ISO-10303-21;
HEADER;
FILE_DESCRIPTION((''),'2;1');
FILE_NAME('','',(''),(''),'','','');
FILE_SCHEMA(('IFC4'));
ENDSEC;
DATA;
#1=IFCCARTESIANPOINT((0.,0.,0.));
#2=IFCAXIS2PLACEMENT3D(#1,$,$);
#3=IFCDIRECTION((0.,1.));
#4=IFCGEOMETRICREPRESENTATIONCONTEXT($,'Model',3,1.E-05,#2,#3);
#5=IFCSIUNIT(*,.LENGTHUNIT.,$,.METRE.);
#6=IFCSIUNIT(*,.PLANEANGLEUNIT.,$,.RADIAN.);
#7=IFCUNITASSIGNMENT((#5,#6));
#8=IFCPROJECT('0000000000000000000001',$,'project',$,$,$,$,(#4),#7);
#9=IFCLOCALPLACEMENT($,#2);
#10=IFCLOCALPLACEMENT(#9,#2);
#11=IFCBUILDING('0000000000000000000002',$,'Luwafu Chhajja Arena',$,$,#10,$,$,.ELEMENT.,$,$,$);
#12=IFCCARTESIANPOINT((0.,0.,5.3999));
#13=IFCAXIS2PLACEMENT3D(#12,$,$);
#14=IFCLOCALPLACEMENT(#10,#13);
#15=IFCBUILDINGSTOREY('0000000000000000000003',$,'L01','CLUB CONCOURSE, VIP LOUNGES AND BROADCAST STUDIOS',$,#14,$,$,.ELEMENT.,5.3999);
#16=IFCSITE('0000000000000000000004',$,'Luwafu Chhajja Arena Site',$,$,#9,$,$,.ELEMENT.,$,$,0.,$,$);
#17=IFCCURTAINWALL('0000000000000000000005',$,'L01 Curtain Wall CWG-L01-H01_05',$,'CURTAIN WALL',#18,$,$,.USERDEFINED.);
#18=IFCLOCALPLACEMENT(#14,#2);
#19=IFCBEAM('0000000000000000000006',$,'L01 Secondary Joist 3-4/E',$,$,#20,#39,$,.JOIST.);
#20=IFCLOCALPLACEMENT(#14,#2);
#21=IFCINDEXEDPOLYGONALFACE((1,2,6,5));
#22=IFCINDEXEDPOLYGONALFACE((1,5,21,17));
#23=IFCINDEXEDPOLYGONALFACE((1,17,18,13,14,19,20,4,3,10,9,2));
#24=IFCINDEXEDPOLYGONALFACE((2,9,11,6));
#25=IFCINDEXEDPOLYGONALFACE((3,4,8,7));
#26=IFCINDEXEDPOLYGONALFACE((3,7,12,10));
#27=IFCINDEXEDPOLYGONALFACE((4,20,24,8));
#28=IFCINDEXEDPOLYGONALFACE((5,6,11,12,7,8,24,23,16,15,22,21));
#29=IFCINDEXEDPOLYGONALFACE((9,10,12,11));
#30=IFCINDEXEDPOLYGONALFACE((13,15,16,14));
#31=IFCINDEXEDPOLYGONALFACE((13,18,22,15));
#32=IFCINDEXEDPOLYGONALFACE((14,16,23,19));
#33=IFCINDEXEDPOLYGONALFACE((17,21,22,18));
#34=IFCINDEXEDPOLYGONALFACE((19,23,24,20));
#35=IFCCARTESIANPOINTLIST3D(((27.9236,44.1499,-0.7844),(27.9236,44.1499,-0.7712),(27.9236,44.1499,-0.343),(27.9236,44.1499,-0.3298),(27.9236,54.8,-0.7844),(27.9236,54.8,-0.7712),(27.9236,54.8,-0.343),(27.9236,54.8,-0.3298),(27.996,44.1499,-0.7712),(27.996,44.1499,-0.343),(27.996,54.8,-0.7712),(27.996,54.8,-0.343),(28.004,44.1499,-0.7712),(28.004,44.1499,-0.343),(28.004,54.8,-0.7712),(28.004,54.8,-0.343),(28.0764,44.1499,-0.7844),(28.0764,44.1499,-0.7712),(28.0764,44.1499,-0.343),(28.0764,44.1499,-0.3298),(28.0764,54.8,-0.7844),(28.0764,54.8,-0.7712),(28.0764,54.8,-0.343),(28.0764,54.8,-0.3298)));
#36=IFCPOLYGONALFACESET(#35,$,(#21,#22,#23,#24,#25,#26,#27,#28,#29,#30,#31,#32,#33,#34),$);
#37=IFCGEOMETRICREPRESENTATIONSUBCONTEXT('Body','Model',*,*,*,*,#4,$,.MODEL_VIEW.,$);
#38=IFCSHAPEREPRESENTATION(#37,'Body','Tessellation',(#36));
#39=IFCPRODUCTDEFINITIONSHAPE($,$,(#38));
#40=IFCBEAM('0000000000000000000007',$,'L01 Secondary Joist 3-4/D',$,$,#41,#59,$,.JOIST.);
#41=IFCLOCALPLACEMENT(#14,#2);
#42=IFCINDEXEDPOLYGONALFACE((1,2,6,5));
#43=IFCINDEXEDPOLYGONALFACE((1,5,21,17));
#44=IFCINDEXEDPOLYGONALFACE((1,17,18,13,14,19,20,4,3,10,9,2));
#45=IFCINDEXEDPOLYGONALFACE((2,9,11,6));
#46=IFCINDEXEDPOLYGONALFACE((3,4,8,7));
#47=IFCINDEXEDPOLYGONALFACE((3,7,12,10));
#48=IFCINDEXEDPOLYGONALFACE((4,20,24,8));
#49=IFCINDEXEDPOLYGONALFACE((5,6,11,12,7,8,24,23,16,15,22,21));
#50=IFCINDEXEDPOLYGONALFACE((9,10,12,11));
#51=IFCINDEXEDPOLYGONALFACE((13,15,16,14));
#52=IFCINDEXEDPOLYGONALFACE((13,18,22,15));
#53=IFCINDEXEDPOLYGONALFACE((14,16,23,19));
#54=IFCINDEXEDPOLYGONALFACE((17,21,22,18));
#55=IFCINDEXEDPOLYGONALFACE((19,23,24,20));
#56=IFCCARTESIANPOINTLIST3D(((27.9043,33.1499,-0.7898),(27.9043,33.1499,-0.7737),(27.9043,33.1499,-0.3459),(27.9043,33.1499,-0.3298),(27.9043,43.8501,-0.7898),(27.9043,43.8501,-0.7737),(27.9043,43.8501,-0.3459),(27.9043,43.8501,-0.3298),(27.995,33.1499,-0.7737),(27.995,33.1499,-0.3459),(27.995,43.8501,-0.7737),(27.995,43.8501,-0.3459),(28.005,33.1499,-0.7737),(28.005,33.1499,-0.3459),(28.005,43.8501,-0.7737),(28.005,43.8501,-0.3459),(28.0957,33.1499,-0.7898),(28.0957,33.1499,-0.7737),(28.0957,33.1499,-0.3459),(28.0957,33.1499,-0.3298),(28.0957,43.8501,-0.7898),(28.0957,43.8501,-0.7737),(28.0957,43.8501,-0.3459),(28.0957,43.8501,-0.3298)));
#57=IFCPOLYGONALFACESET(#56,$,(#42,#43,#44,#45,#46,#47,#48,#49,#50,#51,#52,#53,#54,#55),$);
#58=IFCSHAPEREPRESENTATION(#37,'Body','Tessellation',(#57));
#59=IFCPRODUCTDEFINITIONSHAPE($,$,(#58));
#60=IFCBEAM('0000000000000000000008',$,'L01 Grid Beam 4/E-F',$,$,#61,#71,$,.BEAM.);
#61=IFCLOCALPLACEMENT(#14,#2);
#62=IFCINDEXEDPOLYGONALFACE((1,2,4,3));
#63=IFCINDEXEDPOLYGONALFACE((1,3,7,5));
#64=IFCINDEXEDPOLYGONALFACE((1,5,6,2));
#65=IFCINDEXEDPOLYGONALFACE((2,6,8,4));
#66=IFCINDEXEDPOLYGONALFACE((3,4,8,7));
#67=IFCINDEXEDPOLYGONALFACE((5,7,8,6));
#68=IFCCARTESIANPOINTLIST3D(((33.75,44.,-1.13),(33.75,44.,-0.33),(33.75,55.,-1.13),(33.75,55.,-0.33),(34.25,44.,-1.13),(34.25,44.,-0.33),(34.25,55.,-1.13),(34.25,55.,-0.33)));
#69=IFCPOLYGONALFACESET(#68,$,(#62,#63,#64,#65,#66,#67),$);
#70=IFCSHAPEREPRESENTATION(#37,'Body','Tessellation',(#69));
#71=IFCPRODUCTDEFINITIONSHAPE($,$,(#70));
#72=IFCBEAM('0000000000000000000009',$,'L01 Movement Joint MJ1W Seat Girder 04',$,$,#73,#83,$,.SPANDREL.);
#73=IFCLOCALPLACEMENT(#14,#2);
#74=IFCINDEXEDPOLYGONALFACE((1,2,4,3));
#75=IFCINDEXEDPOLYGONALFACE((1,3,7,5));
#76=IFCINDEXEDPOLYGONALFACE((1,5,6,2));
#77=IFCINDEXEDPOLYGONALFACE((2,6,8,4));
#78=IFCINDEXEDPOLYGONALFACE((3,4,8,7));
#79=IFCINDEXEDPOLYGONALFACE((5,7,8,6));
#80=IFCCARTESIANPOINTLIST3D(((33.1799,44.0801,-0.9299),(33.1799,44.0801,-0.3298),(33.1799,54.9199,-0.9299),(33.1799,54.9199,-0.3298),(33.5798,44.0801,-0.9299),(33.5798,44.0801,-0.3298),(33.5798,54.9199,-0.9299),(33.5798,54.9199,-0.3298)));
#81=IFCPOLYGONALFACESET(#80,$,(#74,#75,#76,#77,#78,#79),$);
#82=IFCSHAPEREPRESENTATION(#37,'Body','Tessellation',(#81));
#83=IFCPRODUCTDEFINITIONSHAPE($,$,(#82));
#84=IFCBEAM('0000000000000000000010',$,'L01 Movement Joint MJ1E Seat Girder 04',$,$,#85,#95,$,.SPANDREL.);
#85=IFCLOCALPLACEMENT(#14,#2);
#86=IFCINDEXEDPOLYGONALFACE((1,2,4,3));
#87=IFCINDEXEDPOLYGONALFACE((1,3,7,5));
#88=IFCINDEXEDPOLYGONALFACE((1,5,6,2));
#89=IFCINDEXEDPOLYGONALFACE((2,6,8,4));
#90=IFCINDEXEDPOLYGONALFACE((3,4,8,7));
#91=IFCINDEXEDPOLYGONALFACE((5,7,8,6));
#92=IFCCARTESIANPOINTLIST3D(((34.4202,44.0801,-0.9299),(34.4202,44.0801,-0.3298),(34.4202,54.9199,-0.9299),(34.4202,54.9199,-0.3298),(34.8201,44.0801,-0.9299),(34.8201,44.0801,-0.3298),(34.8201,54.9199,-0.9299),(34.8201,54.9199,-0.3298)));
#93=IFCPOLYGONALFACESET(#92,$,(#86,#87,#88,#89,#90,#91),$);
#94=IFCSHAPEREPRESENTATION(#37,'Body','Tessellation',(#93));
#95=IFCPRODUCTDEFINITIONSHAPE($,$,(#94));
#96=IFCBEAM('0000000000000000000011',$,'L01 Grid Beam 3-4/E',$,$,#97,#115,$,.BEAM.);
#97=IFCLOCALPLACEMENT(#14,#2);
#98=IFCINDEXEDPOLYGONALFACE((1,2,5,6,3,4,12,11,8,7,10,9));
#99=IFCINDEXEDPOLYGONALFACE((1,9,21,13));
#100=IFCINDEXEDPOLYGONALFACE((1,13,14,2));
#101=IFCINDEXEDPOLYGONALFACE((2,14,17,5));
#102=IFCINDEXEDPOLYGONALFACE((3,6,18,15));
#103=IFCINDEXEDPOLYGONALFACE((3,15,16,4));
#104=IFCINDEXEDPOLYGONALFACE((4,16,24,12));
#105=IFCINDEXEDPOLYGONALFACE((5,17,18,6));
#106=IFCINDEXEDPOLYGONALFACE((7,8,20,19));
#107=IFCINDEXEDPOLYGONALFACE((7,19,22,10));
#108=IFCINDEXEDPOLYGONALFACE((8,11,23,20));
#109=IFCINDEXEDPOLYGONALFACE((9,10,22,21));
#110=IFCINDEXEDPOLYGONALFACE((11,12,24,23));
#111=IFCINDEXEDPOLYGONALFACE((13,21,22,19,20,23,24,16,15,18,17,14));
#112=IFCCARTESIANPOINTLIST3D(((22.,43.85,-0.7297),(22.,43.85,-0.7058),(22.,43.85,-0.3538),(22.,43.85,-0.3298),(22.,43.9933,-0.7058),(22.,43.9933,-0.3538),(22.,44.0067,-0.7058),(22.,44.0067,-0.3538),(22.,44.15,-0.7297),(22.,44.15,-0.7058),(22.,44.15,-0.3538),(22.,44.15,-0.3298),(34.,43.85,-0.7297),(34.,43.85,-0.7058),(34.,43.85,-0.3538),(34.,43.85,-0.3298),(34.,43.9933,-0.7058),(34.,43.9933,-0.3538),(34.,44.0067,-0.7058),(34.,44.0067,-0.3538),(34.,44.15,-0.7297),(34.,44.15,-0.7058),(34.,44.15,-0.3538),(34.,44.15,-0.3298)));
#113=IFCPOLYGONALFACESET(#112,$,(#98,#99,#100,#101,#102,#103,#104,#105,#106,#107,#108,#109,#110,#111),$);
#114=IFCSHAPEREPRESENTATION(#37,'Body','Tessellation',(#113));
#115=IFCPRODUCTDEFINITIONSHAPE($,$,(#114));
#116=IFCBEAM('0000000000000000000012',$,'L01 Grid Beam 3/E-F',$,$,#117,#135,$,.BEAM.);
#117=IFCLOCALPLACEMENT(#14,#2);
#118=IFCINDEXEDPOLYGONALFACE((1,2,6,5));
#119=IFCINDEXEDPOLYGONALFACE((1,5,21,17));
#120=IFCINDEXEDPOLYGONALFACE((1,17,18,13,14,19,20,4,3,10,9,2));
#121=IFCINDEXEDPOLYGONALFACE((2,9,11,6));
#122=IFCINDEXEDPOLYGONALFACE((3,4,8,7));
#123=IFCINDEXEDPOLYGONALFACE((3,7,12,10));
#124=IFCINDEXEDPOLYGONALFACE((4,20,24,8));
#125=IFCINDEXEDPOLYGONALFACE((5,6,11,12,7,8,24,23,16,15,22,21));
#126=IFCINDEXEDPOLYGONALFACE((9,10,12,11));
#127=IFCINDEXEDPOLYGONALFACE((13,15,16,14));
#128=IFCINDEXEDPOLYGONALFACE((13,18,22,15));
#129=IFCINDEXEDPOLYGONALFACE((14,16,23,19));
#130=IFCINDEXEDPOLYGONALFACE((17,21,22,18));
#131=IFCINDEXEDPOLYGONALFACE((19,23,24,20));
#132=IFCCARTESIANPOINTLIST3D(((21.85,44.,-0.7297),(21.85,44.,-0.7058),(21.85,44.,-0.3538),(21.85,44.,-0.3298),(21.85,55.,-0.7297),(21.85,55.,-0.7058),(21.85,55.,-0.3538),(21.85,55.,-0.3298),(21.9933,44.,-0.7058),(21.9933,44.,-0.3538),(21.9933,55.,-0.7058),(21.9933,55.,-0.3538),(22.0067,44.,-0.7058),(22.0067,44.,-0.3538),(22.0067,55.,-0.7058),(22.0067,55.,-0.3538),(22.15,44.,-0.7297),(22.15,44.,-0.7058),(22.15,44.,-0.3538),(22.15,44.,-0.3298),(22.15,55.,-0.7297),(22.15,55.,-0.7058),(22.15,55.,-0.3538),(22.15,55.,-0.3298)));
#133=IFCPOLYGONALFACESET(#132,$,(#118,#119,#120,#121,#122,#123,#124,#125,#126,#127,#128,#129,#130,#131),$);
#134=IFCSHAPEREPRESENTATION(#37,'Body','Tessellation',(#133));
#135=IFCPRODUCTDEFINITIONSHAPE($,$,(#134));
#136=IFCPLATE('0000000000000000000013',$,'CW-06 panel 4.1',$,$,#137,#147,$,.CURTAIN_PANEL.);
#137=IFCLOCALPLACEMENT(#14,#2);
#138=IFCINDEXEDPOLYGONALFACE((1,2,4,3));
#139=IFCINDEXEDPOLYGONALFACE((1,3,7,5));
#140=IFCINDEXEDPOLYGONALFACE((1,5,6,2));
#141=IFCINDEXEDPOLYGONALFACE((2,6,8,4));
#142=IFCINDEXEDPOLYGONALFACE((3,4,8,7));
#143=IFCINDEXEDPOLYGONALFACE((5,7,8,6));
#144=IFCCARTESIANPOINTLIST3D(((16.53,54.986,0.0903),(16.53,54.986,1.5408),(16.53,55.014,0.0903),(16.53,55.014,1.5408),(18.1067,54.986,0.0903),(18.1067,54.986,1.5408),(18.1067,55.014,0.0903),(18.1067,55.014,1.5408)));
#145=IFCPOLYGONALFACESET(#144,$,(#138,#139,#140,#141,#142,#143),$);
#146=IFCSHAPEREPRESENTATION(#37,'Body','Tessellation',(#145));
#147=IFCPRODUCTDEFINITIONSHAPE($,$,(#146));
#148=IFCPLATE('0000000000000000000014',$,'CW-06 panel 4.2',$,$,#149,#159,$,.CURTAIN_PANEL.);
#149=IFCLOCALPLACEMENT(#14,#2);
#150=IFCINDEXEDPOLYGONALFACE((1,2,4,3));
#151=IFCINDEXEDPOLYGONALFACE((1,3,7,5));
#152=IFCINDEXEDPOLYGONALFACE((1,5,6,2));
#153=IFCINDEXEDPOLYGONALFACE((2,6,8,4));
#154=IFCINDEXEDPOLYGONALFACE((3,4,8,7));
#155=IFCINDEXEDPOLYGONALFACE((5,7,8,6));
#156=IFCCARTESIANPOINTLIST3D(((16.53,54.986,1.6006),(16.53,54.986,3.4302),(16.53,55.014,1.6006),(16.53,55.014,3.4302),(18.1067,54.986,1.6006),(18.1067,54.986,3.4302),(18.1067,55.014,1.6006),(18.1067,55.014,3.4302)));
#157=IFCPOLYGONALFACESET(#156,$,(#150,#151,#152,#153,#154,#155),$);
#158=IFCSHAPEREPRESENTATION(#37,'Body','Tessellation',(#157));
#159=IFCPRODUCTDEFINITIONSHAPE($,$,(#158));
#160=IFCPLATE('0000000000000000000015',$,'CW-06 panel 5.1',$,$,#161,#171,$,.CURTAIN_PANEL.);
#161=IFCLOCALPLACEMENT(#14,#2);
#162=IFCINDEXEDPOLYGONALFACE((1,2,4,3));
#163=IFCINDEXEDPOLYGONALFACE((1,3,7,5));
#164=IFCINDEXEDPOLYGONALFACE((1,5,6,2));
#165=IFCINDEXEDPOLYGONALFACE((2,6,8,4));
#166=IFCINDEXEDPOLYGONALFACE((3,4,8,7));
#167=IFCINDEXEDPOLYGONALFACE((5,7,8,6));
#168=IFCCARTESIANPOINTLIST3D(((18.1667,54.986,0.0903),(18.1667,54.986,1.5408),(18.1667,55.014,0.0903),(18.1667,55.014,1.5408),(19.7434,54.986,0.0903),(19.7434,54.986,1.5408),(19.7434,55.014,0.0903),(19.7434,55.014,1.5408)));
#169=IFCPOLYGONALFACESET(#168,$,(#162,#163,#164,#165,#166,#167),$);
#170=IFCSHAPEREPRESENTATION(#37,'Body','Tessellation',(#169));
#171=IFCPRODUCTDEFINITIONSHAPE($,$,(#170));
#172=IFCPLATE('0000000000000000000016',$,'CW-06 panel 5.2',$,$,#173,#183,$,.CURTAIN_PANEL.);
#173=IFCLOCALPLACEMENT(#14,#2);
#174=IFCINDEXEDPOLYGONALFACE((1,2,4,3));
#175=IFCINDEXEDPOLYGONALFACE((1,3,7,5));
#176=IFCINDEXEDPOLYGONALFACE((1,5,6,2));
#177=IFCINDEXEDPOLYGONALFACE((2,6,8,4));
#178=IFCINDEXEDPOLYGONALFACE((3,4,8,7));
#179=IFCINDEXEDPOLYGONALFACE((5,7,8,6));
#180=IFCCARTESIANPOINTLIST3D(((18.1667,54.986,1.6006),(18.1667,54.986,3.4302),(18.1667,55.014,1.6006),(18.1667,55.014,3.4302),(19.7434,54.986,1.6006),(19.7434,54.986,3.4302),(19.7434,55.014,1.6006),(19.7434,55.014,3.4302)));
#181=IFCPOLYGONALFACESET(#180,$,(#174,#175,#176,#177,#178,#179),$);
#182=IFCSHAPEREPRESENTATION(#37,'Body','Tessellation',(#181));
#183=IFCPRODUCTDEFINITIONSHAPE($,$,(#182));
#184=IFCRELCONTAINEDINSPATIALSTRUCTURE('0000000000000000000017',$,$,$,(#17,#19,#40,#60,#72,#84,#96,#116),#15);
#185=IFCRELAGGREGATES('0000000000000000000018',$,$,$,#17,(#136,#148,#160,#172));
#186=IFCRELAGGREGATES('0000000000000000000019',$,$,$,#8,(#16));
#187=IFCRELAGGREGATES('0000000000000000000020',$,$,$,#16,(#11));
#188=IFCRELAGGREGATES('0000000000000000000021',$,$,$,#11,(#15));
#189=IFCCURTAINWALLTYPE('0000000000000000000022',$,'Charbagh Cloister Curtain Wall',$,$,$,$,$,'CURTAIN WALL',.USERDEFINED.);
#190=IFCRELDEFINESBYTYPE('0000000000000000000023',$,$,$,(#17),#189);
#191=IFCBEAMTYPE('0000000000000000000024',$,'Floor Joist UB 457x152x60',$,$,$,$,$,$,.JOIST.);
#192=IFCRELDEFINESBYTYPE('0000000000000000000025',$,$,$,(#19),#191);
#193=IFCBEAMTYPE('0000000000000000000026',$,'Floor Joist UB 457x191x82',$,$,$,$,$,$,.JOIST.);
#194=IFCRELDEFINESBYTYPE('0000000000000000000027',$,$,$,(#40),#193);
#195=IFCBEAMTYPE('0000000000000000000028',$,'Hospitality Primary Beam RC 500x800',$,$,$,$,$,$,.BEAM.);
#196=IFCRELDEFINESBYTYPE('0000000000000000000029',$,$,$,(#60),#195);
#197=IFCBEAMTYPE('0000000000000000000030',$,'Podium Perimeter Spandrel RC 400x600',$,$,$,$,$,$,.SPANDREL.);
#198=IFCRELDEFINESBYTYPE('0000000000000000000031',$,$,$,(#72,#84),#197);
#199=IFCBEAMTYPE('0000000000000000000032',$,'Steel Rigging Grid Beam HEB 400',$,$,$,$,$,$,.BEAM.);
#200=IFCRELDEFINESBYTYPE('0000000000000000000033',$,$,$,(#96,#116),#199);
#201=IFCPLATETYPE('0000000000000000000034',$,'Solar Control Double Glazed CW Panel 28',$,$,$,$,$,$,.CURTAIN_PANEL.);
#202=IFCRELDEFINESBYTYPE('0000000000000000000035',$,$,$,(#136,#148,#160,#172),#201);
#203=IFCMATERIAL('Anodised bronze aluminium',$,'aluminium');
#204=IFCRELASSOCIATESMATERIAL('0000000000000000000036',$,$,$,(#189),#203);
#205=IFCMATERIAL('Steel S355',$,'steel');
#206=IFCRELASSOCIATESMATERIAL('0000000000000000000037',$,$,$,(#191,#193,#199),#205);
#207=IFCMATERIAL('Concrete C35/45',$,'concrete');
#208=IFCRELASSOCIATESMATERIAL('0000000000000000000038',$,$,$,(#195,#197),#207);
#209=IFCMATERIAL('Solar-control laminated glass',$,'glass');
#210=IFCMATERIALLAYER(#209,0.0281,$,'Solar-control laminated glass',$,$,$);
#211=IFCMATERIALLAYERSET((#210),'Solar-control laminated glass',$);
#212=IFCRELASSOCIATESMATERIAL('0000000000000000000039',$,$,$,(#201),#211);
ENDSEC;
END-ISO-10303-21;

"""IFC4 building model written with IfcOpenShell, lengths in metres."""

from ifc_helpers import new_model, si_unit, direction, frame, origin, origin_2d, place, context, subcontext, project, spatial, rectangle, i_section, extrude, material, layer, layer_set, material_profile, profile_set, type_object, element, aggregate, save


model = new_model("IFC4")

# Units and contexts
model_context = context("Model", 3, precision=1e-05, world=origin(), true_north=direction((0.0, 1.0)))
body_context = subcontext(model_context, "Body", "Model", "MODEL_VIEW")
ifc_project = project(units=[si_unit("LENGTHUNIT", "METRE"), si_unit("PLANEANGLEUNIT", "RADIAN")], contexts=[model_context])

# Site, building, storey
site_placement = place(None, origin())
site = spatial("IfcSite", under=ifc_project, at=site_placement, Name="Luwafu Chhajja Arena Site", CompositionType="ELEMENT", RefElevation=0.0)
building_placement = place(site_placement, origin())
building = spatial("IfcBuilding", under=site, at=building_placement, Name="Luwafu Chhajja Arena", CompositionType="ELEMENT")
storey_placement = place(building_placement, frame((0.0, 0.0, 5.3999)))
storey = spatial("IfcBuildingStorey", under=building, at=storey_placement, Name="L01", Description="CLUB CONCOURSE, VIP LOUNGES AND BROADCAST STUDIOS", CompositionType="ELEMENT", Elevation=5.3999)

# Shared definitions
ifc_material_1 = material(Name="Concrete C35/45", Category="concrete")

# Curtain wall
ifc_material_2 = material(Name="Anodised bronze aluminium", Category="aluminium")
curtain_wall_type = type_object("IfcCurtainWallType", Name="Charbagh Cloister Curtain Wall", ElementType="CURTAIN WALL", PredefinedType="USERDEFINED", material=ifc_material_2)
curtain_wall_placement = place(storey_placement, origin())
curtain_wall = element("IfcCurtainWall", 1, at=curtain_wall_placement, inside=storey, type_object=curtain_wall_type, Name="L01 Curtain Wall CWG-L01-H01_05", ObjectType="CURTAIN WALL", PredefinedType="USERDEFINED")

# Beams
ifc_material_3 = material(Name="Steel S355", Category="steel")
ifc_material_profile_1 = material_profile(ifc_material_3, i_section(OverallWidth=0.1528, OverallDepth=0.4546, WebThickness=0.0081, FlangeThickness=0.0132, at=origin_2d()), Name="UB 457x152x60")
ifc_profile_set_1 = profile_set([ifc_material_profile_1], Name="Steel S355")
beam_type_1 = type_object("IfcBeamType", Name="Floor Joist UB 457x152x60", PredefinedType="JOIST", material=ifc_profile_set_1)
beam_1_placement = place(storey_placement, frame((28.0, 44.1499, -0.5571), z_axis=(0.0, 1.0, 0.0), x_axis=(-1.0, 0.0, 0.0)))
element("IfcBeam", 2, at=beam_1_placement, inside=storey, type_object=beam_type_1, Name="L01 Secondary Joist 3-4/E", PredefinedType="JOIST", context=body_context, shape_type="SweptSolid", body=[
    extrude(i_section(OverallWidth=0.1528, OverallDepth=0.4546, WebThickness=0.0081, FlangeThickness=0.0132, at=origin_2d()), origin(), (0.0, 0.0, 1.0), 10.6501),
])
ifc_material_profile_2 = material_profile(ifc_material_3, i_section(OverallWidth=0.1914, OverallDepth=0.46, WebThickness=0.01, FlangeThickness=0.0161, at=origin_2d()), Name="UB 457x191x82")
ifc_profile_set_2 = profile_set([ifc_material_profile_2], Name="Steel S355")
beam_type_2 = type_object("IfcBeamType", Name="Floor Joist UB 457x191x82", PredefinedType="JOIST", material=ifc_profile_set_2)
beam_2_placement = place(storey_placement, frame((28.0, 33.1499, -0.5598), z_axis=(0.0, 1.0, 0.0), x_axis=(-1.0, 0.0, 0.0)))
element("IfcBeam", 3, at=beam_2_placement, inside=storey, type_object=beam_type_2, Name="L01 Secondary Joist 3-4/D", PredefinedType="JOIST", context=body_context, shape_type="SweptSolid", body=[
    extrude(i_section(OverallWidth=0.1914, OverallDepth=0.46, WebThickness=0.01, FlangeThickness=0.0161, at=origin_2d()), origin(), (0.0, 0.0, 1.0), 10.7002),
])
ifc_material_profile_3 = material_profile(ifc_material_1, rectangle(XDim=0.5, YDim=0.8, at=origin_2d()), Name="RC 500x800")
ifc_profile_set_3 = profile_set([ifc_material_profile_3], Name="Concrete C35/45")
beam_type_3 = type_object("IfcBeamType", Name="Hospitality Primary Beam RC 500x800", PredefinedType="BEAM", material=ifc_profile_set_3)
beam_3_placement = place(storey_placement, frame((34.0, 44.0, -0.73), z_axis=(0.0, 1.0, 0.0), x_axis=(-1.0, 0.0, 0.0)))
element("IfcBeam", 4, at=beam_3_placement, inside=storey, type_object=beam_type_3, Name="L01 Grid Beam 4/E-F", PredefinedType="BEAM", context=body_context, shape_type="SweptSolid", body=[
    extrude(rectangle(XDim=0.5, YDim=0.8, at=origin_2d()), origin(), (0.0, 0.0, 1.0), 11.0),
])
ifc_material_profile_4 = material_profile(ifc_material_1, rectangle(XDim=0.3999, YDim=0.6001, at=origin_2d()), Name="RC 400x600")
ifc_profile_set_4 = profile_set([ifc_material_profile_4], Name="Concrete C35/45")
beam_type_4 = type_object("IfcBeamType", Name="Podium Perimeter Spandrel RC 400x600", PredefinedType="SPANDREL", material=ifc_profile_set_4)
for number, where, z_axis, x_axis, name in (
    (5, (33.3799, 44.0801, -0.6299), (0.0, 1.0, 0.0), (-1.0, 0.0, 0.0), "L01 Movement Joint MJ1W Seat Girder 04"),
    (6, (34.6201, 44.0801, -0.6299), (0.0, 1.0, 0.0), (-1.0, 0.0, 0.0), "L01 Movement Joint MJ1E Seat Girder 04"),
):
    element("IfcBeam", number, at=place(storey_placement, frame(where, z_axis=z_axis, x_axis=x_axis)), inside=storey, type_object=beam_type_4, Name=name, PredefinedType="SPANDREL", context=body_context, shape_type="SweptSolid", body=[
        extrude(rectangle(XDim=0.3999, YDim=0.6001, at=origin_2d()), origin(), (0.0, 0.0, 1.0), 10.8398),
    ])
ifc_material_profile_5 = material_profile(ifc_material_3, i_section(OverallWidth=0.3, OverallDepth=0.3999, WebThickness=0.0134, FlangeThickness=0.0239, at=origin_2d()), Name="HEB 400")
ifc_profile_set_5 = profile_set([ifc_material_profile_5], Name="Steel S355")
beam_type_5 = type_object("IfcBeamType", Name="Steel Rigging Grid Beam HEB 400", PredefinedType="BEAM", material=ifc_profile_set_5)
beam_4_placement = place(storey_placement, frame((22.0, 44.0, -0.5298), z_axis=(1.0, 0.0, 0.0), x_axis=(0.0, 1.0, 0.0)))
element("IfcBeam", 7, at=beam_4_placement, inside=storey, type_object=beam_type_5, Name="L01 Grid Beam 3-4/E", PredefinedType="BEAM", context=body_context, shape_type="SweptSolid", body=[
    extrude(i_section(OverallWidth=0.3, OverallDepth=0.3999, WebThickness=0.0134, FlangeThickness=0.0239, at=origin_2d()), origin(), (0.0, 0.0, 1.0), 12.0),
])
beam_5_placement = place(storey_placement, frame((22.0, 44.0, -0.5298), z_axis=(0.0, 1.0, 0.0), x_axis=(-1.0, 0.0, 0.0)))
element("IfcBeam", 8, at=beam_5_placement, inside=storey, type_object=beam_type_5, Name="L01 Grid Beam 3/E-F", PredefinedType="BEAM", context=body_context, shape_type="SweptSolid", body=[
    extrude(i_section(OverallWidth=0.3, OverallDepth=0.3999, WebThickness=0.0134, FlangeThickness=0.0239, at=origin_2d()), origin(), (0.0, 0.0, 1.0), 11.0),
])

# Plates
ifc_material_4 = material(Name="Solar-control laminated glass", Category="glass")
ifc_layer_1 = layer(ifc_material_4, 0.0281, Name="Solar-control laminated glass")
ifc_layer_set_1 = layer_set([ifc_layer_1], Name="Solar-control laminated glass")
plate_type = type_object("IfcPlateType", Name="Solar Control Double Glazed CW Panel 28", PredefinedType="CURTAIN_PANEL", material=ifc_layer_set_1)
plate_1_placement = place(storey_placement, frame((17.3184, 55.0, 0.0903), z_axis=(0.0, 0.0, 1.0), x_axis=(1.0, 0.0, 0.0)))
plate_1 = element("IfcPlate", 9, at=plate_1_placement, type_object=plate_type, Name="CW-06 panel 4.1", PredefinedType="CURTAIN_PANEL", context=body_context, shape_type="SweptSolid", body=[
    extrude(rectangle(XDim=1.5767, YDim=0.0281, at=origin_2d()), origin(), (0.0, 0.0, 1.0), 1.4504),
])
plate_2_placement = place(storey_placement, frame((17.3184, 55.0, 1.6006), z_axis=(0.0, 0.0, 1.0), x_axis=(1.0, 0.0, 0.0)))
plate_2 = element("IfcPlate", 10, at=plate_2_placement, type_object=plate_type, Name="CW-06 panel 4.2", PredefinedType="CURTAIN_PANEL", context=body_context, shape_type="SweptSolid", body=[
    extrude(rectangle(XDim=1.5767, YDim=0.0281, at=origin_2d()), origin(), (0.0, 0.0, 1.0), 1.8296),
])
plate_3_placement = place(storey_placement, frame((18.9551, 55.0, 0.0903), z_axis=(0.0, 0.0, 1.0), x_axis=(1.0, 0.0, 0.0)))
plate_3 = element("IfcPlate", 11, at=plate_3_placement, type_object=plate_type, Name="CW-06 panel 5.1", PredefinedType="CURTAIN_PANEL", context=body_context, shape_type="SweptSolid", body=[
    extrude(rectangle(XDim=1.5767, YDim=0.0281, at=origin_2d()), origin(), (0.0, 0.0, 1.0), 1.4504),
])
plate_4_placement = place(storey_placement, frame((18.9551, 55.0, 1.6006), z_axis=(0.0, 0.0, 1.0), x_axis=(1.0, 0.0, 0.0)))
plate_4 = element("IfcPlate", 12, at=plate_4_placement, type_object=plate_type, Name="CW-06 panel 5.2", PredefinedType="CURTAIN_PANEL", context=body_context, shape_type="SweptSolid", body=[
    extrude(rectangle(XDim=1.5767, YDim=0.0281, at=origin_2d()), origin(), (0.0, 0.0, 1.0), 1.8296),
])
aggregate(curtain_wall, [plate_1, plate_2, plate_3, plate_4])

save(model, "model.ifc")
